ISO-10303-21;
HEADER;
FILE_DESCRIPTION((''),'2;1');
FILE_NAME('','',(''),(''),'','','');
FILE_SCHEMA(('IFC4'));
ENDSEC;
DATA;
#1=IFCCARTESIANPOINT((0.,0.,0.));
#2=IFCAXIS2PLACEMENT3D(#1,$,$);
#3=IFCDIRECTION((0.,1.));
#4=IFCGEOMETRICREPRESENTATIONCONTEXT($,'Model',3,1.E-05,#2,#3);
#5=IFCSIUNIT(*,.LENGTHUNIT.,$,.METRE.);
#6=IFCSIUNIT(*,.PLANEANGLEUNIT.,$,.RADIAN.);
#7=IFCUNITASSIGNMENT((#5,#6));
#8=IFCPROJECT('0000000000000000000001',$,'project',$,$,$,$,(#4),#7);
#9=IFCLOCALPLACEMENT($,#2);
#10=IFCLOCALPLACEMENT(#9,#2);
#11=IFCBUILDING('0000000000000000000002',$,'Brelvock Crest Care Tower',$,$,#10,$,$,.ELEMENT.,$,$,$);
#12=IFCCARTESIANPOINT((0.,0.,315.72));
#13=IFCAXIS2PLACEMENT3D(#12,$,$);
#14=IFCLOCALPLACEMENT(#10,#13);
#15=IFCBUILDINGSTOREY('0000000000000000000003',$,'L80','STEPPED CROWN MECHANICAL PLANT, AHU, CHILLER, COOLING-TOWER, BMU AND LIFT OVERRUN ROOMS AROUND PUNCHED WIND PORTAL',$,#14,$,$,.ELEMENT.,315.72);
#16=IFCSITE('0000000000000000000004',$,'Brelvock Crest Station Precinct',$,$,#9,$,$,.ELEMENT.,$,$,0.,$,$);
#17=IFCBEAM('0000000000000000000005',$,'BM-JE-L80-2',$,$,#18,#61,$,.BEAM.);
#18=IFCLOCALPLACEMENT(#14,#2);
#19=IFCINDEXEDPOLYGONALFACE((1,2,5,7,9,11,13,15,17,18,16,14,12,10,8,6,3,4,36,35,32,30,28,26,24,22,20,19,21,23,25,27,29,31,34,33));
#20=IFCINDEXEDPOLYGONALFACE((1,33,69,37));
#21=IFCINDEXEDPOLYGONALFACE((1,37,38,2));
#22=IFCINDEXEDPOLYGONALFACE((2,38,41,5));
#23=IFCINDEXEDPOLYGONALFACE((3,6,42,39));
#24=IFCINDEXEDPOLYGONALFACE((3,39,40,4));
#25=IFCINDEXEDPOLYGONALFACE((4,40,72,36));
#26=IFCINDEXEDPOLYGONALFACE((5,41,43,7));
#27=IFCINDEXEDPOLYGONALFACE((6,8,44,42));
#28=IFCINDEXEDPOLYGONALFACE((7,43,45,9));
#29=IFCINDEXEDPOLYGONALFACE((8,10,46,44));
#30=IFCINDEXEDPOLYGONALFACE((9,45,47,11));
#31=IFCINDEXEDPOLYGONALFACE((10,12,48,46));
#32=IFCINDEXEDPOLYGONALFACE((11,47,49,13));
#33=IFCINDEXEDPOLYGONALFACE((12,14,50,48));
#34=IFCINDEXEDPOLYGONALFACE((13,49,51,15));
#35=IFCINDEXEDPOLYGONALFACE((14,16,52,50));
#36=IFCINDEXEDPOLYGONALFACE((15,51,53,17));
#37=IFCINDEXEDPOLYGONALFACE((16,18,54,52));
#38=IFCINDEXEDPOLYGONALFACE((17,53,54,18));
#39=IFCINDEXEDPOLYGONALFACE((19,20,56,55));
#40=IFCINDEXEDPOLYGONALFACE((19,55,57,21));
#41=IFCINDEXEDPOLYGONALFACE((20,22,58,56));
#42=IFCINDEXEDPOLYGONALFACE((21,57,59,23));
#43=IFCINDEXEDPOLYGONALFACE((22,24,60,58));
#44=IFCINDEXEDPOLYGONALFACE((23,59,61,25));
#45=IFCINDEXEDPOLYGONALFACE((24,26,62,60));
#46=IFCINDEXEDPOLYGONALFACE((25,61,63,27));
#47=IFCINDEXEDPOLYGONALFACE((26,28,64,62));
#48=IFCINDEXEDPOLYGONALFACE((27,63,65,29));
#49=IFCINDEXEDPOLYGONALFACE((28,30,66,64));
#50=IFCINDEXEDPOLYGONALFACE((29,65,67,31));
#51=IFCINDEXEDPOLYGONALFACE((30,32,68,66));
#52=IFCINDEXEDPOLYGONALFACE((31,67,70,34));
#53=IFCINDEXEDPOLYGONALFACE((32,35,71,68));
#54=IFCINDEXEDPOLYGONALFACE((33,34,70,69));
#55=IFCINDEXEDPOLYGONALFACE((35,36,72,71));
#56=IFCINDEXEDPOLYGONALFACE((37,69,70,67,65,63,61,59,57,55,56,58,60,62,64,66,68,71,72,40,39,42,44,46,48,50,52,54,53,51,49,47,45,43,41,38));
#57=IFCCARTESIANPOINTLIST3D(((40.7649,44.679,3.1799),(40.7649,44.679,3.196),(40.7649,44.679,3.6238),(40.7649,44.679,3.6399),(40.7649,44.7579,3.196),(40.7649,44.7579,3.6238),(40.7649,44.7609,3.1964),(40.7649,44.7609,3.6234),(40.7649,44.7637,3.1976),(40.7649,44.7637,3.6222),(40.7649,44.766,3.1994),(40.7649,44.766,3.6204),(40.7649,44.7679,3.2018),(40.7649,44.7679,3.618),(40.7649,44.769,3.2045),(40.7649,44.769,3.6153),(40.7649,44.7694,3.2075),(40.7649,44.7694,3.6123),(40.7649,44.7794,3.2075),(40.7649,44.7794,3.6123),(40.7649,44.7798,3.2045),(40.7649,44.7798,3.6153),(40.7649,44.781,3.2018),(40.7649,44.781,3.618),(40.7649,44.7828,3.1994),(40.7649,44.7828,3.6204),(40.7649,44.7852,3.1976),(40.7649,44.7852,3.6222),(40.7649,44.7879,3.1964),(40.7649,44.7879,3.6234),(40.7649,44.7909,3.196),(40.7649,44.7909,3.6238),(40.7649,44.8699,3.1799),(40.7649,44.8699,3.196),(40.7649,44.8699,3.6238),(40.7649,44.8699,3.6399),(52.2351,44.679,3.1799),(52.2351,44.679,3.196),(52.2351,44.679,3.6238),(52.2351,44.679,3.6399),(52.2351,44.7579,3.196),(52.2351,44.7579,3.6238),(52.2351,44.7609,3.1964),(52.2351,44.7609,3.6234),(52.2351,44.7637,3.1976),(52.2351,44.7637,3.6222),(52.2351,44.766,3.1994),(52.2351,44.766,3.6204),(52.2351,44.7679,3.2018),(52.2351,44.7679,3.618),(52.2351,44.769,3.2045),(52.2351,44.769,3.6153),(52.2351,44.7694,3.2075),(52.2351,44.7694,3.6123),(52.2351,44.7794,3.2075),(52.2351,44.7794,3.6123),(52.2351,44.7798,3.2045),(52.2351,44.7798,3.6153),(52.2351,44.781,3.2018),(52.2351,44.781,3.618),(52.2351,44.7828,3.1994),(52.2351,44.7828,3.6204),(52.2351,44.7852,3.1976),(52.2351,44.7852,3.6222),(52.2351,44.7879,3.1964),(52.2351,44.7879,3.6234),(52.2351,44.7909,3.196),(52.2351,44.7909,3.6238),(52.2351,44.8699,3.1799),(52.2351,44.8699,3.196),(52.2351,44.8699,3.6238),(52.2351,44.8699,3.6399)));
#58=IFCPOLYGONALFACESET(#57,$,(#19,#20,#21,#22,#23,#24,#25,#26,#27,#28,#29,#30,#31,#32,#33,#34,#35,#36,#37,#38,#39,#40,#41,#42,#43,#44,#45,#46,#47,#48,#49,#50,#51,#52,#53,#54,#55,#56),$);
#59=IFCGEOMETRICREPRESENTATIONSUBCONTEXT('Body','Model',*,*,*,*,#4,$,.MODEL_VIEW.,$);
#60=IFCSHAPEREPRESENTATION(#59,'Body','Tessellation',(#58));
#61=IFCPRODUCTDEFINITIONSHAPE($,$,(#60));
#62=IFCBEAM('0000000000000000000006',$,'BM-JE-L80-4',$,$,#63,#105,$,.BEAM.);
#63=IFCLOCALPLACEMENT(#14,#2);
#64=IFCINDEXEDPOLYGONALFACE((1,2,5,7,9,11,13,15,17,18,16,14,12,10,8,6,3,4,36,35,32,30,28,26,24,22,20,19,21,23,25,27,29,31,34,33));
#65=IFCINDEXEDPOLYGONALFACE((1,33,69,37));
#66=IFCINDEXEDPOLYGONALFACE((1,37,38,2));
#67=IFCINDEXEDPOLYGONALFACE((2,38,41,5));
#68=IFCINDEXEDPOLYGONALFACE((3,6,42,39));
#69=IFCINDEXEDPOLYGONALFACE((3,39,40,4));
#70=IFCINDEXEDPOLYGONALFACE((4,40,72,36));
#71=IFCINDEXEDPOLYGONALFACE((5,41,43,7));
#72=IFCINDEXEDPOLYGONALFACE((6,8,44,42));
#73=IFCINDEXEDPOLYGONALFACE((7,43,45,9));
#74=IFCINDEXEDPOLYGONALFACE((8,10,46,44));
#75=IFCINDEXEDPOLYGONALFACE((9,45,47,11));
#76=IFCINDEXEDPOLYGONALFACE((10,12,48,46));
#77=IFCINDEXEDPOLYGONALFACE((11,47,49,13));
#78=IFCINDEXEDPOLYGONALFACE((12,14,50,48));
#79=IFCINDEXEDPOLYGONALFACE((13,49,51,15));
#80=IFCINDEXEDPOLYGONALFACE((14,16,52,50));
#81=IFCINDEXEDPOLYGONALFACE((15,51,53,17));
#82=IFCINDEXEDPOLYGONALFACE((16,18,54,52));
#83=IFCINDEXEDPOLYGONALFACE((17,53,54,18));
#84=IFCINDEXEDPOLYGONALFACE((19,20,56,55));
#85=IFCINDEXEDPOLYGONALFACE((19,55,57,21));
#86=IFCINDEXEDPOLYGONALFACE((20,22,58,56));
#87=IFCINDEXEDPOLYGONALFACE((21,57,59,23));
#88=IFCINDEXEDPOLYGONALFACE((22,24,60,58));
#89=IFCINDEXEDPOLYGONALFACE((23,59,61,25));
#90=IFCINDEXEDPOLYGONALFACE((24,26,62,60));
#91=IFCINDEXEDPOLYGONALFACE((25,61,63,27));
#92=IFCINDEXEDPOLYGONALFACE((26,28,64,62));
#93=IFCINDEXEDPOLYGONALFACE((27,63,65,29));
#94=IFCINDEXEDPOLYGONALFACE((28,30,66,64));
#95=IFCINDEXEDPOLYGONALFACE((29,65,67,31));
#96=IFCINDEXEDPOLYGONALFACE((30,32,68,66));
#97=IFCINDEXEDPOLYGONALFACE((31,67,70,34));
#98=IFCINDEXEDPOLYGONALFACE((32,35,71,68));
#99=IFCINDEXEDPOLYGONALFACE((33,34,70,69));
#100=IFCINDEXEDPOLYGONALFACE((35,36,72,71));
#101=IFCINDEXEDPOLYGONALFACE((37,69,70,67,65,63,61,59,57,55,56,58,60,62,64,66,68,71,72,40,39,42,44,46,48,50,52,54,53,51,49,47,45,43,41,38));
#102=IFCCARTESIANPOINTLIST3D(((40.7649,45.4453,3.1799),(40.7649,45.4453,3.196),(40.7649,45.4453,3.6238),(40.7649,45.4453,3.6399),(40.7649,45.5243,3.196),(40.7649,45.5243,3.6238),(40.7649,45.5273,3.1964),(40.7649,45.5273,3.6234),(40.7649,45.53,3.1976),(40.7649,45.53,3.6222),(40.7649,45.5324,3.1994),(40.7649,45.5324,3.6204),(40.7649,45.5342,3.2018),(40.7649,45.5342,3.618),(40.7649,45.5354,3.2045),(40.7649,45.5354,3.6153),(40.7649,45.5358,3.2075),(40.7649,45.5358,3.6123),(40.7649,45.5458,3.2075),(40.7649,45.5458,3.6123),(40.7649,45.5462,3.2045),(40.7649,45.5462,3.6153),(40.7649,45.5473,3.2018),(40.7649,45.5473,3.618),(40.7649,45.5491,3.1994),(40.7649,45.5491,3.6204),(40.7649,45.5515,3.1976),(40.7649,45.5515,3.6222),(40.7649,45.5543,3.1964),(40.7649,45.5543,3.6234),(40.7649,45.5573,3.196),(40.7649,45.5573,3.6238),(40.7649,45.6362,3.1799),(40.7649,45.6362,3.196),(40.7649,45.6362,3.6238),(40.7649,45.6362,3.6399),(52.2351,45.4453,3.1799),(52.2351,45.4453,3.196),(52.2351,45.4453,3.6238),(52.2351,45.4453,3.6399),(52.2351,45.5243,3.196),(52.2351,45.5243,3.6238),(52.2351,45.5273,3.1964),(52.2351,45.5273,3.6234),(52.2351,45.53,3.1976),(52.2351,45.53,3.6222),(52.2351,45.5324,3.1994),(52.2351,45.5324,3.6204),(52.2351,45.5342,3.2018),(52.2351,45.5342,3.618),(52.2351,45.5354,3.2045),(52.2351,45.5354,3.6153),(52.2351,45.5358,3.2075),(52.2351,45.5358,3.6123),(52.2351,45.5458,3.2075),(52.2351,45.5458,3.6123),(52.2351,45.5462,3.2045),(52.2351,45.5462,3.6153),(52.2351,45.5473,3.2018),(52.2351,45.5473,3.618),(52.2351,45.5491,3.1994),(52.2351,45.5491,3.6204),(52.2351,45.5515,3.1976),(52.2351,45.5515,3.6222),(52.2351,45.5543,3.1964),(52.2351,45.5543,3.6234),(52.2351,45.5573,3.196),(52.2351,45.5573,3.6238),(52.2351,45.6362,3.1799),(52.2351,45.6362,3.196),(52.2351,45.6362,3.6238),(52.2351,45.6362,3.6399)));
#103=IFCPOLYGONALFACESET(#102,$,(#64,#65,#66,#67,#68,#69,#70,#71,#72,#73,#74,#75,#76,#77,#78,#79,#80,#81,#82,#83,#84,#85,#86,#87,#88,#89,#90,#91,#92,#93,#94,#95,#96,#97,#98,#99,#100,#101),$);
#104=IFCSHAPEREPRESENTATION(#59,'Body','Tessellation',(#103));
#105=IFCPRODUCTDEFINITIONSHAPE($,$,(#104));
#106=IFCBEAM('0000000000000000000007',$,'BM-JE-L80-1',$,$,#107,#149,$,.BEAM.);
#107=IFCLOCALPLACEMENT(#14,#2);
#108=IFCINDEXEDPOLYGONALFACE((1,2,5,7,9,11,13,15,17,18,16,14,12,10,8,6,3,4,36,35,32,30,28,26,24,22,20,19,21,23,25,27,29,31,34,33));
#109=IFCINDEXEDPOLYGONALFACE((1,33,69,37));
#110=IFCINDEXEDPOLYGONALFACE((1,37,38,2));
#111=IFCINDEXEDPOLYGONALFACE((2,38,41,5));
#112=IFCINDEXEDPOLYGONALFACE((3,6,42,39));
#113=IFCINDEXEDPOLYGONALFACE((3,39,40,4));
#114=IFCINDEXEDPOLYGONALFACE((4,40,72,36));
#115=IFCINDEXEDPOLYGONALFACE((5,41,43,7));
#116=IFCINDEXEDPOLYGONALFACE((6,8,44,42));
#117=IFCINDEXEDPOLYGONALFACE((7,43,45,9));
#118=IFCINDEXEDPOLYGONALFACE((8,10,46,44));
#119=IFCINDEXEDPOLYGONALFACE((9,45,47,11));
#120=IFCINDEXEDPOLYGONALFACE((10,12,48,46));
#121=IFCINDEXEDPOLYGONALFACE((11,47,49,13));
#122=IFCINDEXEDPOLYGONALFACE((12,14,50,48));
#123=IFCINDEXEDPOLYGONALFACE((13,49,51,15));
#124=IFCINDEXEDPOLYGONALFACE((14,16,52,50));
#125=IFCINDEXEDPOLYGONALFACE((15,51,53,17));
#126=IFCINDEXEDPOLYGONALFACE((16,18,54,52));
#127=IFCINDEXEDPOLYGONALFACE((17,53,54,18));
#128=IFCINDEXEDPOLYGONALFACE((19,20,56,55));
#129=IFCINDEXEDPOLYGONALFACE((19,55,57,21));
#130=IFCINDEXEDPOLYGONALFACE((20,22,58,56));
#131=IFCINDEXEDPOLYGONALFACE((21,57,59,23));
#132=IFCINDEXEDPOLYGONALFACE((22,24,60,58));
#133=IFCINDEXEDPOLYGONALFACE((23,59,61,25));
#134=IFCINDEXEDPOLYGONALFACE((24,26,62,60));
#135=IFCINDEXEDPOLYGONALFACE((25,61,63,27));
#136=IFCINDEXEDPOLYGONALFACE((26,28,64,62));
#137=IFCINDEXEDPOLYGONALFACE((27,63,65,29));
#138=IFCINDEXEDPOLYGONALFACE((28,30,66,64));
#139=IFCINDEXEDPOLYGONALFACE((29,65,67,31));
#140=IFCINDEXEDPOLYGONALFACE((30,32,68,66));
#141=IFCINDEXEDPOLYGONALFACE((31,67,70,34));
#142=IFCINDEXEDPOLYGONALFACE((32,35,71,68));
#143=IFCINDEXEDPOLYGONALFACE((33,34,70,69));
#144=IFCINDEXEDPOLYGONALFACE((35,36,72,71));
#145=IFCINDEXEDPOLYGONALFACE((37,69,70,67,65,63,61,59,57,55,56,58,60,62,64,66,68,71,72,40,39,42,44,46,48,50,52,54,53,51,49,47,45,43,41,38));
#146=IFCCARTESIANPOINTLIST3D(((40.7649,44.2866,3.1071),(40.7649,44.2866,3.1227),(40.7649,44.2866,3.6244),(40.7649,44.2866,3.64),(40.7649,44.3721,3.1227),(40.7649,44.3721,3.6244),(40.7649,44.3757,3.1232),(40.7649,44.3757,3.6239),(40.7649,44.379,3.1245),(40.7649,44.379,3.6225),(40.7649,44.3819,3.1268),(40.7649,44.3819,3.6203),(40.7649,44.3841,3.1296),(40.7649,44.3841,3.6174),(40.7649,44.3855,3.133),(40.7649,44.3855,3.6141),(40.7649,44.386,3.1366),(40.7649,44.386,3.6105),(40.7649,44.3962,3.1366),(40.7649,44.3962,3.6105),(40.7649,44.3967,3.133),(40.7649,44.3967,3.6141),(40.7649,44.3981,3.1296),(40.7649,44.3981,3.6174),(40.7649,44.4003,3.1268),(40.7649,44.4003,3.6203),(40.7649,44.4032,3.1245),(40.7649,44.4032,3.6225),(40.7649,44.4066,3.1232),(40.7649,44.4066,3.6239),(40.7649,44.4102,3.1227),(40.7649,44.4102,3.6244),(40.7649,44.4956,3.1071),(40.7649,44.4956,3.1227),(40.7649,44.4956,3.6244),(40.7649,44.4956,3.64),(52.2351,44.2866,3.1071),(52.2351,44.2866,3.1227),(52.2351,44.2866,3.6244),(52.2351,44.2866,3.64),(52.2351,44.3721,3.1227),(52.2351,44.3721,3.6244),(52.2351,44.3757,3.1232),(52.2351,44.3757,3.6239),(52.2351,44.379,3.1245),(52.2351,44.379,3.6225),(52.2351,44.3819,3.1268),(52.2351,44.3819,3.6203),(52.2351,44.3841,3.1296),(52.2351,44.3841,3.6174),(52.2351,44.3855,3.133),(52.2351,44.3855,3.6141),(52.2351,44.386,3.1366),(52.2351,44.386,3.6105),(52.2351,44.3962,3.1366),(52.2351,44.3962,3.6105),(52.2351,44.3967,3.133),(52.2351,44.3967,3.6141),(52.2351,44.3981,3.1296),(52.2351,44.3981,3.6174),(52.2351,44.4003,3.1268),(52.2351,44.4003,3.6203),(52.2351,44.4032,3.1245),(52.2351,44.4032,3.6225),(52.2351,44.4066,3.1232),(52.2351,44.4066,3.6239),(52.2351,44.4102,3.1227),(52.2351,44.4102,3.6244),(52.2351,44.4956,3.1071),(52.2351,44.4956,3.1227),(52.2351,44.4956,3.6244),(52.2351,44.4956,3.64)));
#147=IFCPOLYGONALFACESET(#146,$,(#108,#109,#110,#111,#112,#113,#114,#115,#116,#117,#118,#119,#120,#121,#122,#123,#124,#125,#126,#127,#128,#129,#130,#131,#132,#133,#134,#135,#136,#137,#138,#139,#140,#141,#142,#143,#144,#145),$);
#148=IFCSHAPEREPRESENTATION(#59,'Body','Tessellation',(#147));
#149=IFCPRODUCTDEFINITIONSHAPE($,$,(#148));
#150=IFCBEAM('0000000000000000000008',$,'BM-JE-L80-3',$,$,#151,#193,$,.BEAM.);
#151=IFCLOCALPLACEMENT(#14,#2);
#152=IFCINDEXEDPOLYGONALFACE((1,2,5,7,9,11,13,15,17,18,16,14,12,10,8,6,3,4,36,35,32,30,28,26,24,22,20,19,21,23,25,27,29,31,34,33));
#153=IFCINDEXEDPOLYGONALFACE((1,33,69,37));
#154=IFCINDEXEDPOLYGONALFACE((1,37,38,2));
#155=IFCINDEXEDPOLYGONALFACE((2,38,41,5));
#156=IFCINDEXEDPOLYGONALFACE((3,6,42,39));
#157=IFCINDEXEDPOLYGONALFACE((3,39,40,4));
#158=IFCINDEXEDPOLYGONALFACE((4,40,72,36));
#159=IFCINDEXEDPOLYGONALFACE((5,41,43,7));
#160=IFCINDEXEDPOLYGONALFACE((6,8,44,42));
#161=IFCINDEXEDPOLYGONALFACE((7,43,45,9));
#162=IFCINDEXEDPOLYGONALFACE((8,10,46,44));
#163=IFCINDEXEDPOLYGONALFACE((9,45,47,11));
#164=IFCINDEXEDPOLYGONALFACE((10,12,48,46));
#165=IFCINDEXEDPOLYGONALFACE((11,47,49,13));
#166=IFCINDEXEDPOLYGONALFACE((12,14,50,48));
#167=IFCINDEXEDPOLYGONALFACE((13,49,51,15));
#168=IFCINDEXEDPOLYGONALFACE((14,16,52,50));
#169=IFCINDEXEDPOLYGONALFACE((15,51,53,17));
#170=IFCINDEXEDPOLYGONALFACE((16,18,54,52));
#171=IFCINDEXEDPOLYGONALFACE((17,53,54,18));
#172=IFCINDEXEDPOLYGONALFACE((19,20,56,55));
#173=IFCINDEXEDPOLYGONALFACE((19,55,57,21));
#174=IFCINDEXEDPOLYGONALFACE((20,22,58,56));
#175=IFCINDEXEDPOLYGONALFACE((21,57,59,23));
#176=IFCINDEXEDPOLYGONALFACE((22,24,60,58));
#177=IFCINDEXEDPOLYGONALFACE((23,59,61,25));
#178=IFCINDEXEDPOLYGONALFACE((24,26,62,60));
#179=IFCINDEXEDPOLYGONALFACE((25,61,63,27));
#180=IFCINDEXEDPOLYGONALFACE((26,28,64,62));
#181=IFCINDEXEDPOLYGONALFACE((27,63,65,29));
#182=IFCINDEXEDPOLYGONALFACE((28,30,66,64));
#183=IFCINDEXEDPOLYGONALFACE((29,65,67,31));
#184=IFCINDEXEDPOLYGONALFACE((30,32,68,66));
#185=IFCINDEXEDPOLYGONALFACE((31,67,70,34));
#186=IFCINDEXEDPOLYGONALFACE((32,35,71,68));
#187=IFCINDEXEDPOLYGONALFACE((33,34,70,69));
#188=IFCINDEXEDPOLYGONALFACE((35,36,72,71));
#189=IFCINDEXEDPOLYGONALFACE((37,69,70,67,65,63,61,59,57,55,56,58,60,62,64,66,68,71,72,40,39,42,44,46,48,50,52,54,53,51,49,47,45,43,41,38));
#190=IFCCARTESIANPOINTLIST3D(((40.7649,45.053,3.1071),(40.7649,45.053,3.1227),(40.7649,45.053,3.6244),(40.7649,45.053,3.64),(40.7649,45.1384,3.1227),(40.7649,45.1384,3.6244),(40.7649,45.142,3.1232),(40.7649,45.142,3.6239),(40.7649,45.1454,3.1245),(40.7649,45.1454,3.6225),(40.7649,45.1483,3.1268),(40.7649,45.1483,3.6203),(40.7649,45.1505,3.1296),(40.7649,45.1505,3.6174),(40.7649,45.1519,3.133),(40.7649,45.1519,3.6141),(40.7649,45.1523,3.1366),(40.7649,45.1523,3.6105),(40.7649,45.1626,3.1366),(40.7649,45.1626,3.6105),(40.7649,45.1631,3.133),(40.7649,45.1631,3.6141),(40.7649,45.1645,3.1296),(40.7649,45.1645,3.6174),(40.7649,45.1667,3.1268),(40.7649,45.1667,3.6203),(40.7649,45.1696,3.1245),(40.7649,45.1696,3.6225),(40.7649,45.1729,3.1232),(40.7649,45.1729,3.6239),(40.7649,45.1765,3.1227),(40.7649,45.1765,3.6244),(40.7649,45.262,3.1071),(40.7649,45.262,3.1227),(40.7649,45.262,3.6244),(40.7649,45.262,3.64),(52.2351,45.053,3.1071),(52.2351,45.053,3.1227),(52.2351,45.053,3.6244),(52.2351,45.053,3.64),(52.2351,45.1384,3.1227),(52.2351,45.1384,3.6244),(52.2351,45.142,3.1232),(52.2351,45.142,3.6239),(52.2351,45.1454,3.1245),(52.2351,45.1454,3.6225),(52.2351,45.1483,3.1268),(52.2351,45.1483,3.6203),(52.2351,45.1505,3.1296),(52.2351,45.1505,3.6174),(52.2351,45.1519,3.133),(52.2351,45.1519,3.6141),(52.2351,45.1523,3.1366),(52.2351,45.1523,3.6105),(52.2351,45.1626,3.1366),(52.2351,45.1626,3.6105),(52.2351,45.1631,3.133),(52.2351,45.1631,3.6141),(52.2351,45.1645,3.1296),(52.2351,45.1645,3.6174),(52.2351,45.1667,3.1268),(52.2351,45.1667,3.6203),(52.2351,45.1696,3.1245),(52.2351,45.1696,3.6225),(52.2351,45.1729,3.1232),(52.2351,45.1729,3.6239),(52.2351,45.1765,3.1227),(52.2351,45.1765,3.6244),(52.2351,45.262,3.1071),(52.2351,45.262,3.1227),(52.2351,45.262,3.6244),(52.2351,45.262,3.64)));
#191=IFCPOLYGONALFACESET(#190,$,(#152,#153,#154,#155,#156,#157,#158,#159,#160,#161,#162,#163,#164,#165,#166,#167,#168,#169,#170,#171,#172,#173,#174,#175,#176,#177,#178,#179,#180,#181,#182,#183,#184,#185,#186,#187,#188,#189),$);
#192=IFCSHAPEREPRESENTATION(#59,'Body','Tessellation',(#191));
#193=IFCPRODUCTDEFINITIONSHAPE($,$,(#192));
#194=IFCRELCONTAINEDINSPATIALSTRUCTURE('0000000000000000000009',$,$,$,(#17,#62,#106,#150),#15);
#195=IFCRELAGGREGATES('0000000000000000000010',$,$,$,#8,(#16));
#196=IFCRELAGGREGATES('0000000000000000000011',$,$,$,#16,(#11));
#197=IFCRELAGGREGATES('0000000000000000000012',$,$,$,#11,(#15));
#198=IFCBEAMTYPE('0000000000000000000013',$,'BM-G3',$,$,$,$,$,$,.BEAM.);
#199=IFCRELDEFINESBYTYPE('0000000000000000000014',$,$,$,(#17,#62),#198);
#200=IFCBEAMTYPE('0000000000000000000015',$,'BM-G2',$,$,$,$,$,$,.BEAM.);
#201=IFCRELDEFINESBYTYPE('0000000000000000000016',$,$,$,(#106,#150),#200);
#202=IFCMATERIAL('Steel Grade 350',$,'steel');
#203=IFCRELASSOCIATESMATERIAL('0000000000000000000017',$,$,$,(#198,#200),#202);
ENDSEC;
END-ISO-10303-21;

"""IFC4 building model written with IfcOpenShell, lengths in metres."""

from ifc_helpers import new_model, si_unit, direction, frame, origin, origin_2d, place, context, subcontext, project, spatial, i_section, extrude, source, transform, mapped, material, material_profile, profile_set, type_object, element, save


model = new_model("IFC4")

# Units and contexts
model_context = context("Model", 3, precision=1e-05, world=origin(), true_north=direction((0.0, 1.0)))
body_context = subcontext(model_context, "Body", "Model", "MODEL_VIEW")
ifc_project = project(units=[si_unit("LENGTHUNIT", "METRE"), si_unit("PLANEANGLEUNIT", "RADIAN")], contexts=[model_context])

# Site, building, storey
site_placement = place(None, origin())
site = spatial("IfcSite", under=ifc_project, at=site_placement, Name="Brelvock Crest Station Precinct", CompositionType="ELEMENT", RefElevation=0.0)
building_placement = place(site_placement, origin())
building = spatial("IfcBuilding", under=site, at=building_placement, Name="Brelvock Crest Care Tower", CompositionType="ELEMENT")
storey_placement = place(building_placement, frame((0.0, 0.0, 315.72)))
storey = spatial("IfcBuildingStorey", under=building, at=storey_placement, Name="L80", Description="STEPPED CROWN MECHANICAL PLANT, AHU, CHILLER, COOLING-TOWER, BMU AND LIFT OVERRUN ROOMS AROUND PUNCHED WIND PORTAL", CompositionType="ELEMENT", Elevation=315.72)

# Shared definitions
ifc_material_1 = material(Name="Steel Grade 350", Category="steel")

# Beams
ifc_material_profile_1 = material_profile(ifc_material_1, i_section(OverallWidth=0.1909, OverallDepth=0.46, WebThickness=0.01, FlangeThickness=0.0161, FilletRadius=0.0115, at=origin_2d()), Name="460UB82.1")
ifc_profile_set_1 = profile_set([ifc_material_profile_1], Name="Steel Grade 350")
beam_type_1 = type_object("IfcBeamType", Name="BM-G3", PredefinedType="BEAM", material=ifc_profile_set_1)
shared_shape_1 = source(origin(), body_context, "Body", "SweptSolid", [
    extrude(i_section(OverallWidth=0.1909, OverallDepth=0.46, WebThickness=0.01, FlangeThickness=0.0161, FilletRadius=0.0115, at=origin_2d()), origin(), (0.0, 0.0, 1.0), 11.4702),
])
for number, where, z_axis, x_axis, name in (
    (1, (40.7649, 44.7744, 3.4099), (1.0, 0.0, 0.0), (0.0, 1.0, 0.0), "BM-JE-L80-2"),
    (2, (40.7649, 45.5408, 3.4099), (1.0, 0.0, 0.0), (0.0, 1.0, 0.0), "BM-JE-L80-4"),
):
    element("IfcBeam", number, at=place(storey_placement, frame(where, z_axis=z_axis, x_axis=x_axis)), inside=storey, type_object=beam_type_1, Name=name, PredefinedType="BEAM", context=body_context, shape_type="MappedRepresentation", body=[
        mapped(shared_shape_1, transform((0.0, 0.0, 0.0), x_axis=(1.0, 0.0, 0.0), y_axis=(0.0, 1.0, 0.0), z_axis=(0.0, 0.0, 1.0), scale=1.0)),
    ])
ifc_material_profile_2 = material_profile(ifc_material_1, i_section(OverallWidth=0.209, OverallDepth=0.533, WebThickness=0.0103, FlangeThickness=0.0156, FilletRadius=0.0139, at=origin_2d()), Name="530UB92.4")
ifc_profile_set_2 = profile_set([ifc_material_profile_2], Name="Steel Grade 350")
beam_type_2 = type_object("IfcBeamType", Name="BM-G2", PredefinedType="BEAM", material=ifc_profile_set_2)
shared_shape_2 = source(origin(), body_context, "Body", "SweptSolid", [
    extrude(i_section(OverallWidth=0.209, OverallDepth=0.533, WebThickness=0.0103, FlangeThickness=0.0156, FilletRadius=0.0139, at=origin_2d()), origin(), (0.0, 0.0, 1.0), 11.4702),
])
for number, where, z_axis, x_axis, name in (
    (3, (40.7649, 44.3911, 3.3735), (1.0, 0.0, 0.0), (0.0, 1.0, 0.0), "BM-JE-L80-1"),
    (4, (40.7649, 45.1575, 3.3735), (1.0, 0.0, 0.0), (0.0, 1.0, 0.0), "BM-JE-L80-3"),
):
    element("IfcBeam", number, at=place(storey_placement, frame(where, z_axis=z_axis, x_axis=x_axis)), inside=storey, type_object=beam_type_2, Name=name, PredefinedType="BEAM", context=body_context, shape_type="MappedRepresentation", body=[
        mapped(shared_shape_2, transform((0.0, 0.0, 0.0), x_axis=(1.0, 0.0, 0.0), y_axis=(0.0, 1.0, 0.0), z_axis=(0.0, 0.0, 1.0), scale=1.0)),
    ])

save(model, "model.ifc")
